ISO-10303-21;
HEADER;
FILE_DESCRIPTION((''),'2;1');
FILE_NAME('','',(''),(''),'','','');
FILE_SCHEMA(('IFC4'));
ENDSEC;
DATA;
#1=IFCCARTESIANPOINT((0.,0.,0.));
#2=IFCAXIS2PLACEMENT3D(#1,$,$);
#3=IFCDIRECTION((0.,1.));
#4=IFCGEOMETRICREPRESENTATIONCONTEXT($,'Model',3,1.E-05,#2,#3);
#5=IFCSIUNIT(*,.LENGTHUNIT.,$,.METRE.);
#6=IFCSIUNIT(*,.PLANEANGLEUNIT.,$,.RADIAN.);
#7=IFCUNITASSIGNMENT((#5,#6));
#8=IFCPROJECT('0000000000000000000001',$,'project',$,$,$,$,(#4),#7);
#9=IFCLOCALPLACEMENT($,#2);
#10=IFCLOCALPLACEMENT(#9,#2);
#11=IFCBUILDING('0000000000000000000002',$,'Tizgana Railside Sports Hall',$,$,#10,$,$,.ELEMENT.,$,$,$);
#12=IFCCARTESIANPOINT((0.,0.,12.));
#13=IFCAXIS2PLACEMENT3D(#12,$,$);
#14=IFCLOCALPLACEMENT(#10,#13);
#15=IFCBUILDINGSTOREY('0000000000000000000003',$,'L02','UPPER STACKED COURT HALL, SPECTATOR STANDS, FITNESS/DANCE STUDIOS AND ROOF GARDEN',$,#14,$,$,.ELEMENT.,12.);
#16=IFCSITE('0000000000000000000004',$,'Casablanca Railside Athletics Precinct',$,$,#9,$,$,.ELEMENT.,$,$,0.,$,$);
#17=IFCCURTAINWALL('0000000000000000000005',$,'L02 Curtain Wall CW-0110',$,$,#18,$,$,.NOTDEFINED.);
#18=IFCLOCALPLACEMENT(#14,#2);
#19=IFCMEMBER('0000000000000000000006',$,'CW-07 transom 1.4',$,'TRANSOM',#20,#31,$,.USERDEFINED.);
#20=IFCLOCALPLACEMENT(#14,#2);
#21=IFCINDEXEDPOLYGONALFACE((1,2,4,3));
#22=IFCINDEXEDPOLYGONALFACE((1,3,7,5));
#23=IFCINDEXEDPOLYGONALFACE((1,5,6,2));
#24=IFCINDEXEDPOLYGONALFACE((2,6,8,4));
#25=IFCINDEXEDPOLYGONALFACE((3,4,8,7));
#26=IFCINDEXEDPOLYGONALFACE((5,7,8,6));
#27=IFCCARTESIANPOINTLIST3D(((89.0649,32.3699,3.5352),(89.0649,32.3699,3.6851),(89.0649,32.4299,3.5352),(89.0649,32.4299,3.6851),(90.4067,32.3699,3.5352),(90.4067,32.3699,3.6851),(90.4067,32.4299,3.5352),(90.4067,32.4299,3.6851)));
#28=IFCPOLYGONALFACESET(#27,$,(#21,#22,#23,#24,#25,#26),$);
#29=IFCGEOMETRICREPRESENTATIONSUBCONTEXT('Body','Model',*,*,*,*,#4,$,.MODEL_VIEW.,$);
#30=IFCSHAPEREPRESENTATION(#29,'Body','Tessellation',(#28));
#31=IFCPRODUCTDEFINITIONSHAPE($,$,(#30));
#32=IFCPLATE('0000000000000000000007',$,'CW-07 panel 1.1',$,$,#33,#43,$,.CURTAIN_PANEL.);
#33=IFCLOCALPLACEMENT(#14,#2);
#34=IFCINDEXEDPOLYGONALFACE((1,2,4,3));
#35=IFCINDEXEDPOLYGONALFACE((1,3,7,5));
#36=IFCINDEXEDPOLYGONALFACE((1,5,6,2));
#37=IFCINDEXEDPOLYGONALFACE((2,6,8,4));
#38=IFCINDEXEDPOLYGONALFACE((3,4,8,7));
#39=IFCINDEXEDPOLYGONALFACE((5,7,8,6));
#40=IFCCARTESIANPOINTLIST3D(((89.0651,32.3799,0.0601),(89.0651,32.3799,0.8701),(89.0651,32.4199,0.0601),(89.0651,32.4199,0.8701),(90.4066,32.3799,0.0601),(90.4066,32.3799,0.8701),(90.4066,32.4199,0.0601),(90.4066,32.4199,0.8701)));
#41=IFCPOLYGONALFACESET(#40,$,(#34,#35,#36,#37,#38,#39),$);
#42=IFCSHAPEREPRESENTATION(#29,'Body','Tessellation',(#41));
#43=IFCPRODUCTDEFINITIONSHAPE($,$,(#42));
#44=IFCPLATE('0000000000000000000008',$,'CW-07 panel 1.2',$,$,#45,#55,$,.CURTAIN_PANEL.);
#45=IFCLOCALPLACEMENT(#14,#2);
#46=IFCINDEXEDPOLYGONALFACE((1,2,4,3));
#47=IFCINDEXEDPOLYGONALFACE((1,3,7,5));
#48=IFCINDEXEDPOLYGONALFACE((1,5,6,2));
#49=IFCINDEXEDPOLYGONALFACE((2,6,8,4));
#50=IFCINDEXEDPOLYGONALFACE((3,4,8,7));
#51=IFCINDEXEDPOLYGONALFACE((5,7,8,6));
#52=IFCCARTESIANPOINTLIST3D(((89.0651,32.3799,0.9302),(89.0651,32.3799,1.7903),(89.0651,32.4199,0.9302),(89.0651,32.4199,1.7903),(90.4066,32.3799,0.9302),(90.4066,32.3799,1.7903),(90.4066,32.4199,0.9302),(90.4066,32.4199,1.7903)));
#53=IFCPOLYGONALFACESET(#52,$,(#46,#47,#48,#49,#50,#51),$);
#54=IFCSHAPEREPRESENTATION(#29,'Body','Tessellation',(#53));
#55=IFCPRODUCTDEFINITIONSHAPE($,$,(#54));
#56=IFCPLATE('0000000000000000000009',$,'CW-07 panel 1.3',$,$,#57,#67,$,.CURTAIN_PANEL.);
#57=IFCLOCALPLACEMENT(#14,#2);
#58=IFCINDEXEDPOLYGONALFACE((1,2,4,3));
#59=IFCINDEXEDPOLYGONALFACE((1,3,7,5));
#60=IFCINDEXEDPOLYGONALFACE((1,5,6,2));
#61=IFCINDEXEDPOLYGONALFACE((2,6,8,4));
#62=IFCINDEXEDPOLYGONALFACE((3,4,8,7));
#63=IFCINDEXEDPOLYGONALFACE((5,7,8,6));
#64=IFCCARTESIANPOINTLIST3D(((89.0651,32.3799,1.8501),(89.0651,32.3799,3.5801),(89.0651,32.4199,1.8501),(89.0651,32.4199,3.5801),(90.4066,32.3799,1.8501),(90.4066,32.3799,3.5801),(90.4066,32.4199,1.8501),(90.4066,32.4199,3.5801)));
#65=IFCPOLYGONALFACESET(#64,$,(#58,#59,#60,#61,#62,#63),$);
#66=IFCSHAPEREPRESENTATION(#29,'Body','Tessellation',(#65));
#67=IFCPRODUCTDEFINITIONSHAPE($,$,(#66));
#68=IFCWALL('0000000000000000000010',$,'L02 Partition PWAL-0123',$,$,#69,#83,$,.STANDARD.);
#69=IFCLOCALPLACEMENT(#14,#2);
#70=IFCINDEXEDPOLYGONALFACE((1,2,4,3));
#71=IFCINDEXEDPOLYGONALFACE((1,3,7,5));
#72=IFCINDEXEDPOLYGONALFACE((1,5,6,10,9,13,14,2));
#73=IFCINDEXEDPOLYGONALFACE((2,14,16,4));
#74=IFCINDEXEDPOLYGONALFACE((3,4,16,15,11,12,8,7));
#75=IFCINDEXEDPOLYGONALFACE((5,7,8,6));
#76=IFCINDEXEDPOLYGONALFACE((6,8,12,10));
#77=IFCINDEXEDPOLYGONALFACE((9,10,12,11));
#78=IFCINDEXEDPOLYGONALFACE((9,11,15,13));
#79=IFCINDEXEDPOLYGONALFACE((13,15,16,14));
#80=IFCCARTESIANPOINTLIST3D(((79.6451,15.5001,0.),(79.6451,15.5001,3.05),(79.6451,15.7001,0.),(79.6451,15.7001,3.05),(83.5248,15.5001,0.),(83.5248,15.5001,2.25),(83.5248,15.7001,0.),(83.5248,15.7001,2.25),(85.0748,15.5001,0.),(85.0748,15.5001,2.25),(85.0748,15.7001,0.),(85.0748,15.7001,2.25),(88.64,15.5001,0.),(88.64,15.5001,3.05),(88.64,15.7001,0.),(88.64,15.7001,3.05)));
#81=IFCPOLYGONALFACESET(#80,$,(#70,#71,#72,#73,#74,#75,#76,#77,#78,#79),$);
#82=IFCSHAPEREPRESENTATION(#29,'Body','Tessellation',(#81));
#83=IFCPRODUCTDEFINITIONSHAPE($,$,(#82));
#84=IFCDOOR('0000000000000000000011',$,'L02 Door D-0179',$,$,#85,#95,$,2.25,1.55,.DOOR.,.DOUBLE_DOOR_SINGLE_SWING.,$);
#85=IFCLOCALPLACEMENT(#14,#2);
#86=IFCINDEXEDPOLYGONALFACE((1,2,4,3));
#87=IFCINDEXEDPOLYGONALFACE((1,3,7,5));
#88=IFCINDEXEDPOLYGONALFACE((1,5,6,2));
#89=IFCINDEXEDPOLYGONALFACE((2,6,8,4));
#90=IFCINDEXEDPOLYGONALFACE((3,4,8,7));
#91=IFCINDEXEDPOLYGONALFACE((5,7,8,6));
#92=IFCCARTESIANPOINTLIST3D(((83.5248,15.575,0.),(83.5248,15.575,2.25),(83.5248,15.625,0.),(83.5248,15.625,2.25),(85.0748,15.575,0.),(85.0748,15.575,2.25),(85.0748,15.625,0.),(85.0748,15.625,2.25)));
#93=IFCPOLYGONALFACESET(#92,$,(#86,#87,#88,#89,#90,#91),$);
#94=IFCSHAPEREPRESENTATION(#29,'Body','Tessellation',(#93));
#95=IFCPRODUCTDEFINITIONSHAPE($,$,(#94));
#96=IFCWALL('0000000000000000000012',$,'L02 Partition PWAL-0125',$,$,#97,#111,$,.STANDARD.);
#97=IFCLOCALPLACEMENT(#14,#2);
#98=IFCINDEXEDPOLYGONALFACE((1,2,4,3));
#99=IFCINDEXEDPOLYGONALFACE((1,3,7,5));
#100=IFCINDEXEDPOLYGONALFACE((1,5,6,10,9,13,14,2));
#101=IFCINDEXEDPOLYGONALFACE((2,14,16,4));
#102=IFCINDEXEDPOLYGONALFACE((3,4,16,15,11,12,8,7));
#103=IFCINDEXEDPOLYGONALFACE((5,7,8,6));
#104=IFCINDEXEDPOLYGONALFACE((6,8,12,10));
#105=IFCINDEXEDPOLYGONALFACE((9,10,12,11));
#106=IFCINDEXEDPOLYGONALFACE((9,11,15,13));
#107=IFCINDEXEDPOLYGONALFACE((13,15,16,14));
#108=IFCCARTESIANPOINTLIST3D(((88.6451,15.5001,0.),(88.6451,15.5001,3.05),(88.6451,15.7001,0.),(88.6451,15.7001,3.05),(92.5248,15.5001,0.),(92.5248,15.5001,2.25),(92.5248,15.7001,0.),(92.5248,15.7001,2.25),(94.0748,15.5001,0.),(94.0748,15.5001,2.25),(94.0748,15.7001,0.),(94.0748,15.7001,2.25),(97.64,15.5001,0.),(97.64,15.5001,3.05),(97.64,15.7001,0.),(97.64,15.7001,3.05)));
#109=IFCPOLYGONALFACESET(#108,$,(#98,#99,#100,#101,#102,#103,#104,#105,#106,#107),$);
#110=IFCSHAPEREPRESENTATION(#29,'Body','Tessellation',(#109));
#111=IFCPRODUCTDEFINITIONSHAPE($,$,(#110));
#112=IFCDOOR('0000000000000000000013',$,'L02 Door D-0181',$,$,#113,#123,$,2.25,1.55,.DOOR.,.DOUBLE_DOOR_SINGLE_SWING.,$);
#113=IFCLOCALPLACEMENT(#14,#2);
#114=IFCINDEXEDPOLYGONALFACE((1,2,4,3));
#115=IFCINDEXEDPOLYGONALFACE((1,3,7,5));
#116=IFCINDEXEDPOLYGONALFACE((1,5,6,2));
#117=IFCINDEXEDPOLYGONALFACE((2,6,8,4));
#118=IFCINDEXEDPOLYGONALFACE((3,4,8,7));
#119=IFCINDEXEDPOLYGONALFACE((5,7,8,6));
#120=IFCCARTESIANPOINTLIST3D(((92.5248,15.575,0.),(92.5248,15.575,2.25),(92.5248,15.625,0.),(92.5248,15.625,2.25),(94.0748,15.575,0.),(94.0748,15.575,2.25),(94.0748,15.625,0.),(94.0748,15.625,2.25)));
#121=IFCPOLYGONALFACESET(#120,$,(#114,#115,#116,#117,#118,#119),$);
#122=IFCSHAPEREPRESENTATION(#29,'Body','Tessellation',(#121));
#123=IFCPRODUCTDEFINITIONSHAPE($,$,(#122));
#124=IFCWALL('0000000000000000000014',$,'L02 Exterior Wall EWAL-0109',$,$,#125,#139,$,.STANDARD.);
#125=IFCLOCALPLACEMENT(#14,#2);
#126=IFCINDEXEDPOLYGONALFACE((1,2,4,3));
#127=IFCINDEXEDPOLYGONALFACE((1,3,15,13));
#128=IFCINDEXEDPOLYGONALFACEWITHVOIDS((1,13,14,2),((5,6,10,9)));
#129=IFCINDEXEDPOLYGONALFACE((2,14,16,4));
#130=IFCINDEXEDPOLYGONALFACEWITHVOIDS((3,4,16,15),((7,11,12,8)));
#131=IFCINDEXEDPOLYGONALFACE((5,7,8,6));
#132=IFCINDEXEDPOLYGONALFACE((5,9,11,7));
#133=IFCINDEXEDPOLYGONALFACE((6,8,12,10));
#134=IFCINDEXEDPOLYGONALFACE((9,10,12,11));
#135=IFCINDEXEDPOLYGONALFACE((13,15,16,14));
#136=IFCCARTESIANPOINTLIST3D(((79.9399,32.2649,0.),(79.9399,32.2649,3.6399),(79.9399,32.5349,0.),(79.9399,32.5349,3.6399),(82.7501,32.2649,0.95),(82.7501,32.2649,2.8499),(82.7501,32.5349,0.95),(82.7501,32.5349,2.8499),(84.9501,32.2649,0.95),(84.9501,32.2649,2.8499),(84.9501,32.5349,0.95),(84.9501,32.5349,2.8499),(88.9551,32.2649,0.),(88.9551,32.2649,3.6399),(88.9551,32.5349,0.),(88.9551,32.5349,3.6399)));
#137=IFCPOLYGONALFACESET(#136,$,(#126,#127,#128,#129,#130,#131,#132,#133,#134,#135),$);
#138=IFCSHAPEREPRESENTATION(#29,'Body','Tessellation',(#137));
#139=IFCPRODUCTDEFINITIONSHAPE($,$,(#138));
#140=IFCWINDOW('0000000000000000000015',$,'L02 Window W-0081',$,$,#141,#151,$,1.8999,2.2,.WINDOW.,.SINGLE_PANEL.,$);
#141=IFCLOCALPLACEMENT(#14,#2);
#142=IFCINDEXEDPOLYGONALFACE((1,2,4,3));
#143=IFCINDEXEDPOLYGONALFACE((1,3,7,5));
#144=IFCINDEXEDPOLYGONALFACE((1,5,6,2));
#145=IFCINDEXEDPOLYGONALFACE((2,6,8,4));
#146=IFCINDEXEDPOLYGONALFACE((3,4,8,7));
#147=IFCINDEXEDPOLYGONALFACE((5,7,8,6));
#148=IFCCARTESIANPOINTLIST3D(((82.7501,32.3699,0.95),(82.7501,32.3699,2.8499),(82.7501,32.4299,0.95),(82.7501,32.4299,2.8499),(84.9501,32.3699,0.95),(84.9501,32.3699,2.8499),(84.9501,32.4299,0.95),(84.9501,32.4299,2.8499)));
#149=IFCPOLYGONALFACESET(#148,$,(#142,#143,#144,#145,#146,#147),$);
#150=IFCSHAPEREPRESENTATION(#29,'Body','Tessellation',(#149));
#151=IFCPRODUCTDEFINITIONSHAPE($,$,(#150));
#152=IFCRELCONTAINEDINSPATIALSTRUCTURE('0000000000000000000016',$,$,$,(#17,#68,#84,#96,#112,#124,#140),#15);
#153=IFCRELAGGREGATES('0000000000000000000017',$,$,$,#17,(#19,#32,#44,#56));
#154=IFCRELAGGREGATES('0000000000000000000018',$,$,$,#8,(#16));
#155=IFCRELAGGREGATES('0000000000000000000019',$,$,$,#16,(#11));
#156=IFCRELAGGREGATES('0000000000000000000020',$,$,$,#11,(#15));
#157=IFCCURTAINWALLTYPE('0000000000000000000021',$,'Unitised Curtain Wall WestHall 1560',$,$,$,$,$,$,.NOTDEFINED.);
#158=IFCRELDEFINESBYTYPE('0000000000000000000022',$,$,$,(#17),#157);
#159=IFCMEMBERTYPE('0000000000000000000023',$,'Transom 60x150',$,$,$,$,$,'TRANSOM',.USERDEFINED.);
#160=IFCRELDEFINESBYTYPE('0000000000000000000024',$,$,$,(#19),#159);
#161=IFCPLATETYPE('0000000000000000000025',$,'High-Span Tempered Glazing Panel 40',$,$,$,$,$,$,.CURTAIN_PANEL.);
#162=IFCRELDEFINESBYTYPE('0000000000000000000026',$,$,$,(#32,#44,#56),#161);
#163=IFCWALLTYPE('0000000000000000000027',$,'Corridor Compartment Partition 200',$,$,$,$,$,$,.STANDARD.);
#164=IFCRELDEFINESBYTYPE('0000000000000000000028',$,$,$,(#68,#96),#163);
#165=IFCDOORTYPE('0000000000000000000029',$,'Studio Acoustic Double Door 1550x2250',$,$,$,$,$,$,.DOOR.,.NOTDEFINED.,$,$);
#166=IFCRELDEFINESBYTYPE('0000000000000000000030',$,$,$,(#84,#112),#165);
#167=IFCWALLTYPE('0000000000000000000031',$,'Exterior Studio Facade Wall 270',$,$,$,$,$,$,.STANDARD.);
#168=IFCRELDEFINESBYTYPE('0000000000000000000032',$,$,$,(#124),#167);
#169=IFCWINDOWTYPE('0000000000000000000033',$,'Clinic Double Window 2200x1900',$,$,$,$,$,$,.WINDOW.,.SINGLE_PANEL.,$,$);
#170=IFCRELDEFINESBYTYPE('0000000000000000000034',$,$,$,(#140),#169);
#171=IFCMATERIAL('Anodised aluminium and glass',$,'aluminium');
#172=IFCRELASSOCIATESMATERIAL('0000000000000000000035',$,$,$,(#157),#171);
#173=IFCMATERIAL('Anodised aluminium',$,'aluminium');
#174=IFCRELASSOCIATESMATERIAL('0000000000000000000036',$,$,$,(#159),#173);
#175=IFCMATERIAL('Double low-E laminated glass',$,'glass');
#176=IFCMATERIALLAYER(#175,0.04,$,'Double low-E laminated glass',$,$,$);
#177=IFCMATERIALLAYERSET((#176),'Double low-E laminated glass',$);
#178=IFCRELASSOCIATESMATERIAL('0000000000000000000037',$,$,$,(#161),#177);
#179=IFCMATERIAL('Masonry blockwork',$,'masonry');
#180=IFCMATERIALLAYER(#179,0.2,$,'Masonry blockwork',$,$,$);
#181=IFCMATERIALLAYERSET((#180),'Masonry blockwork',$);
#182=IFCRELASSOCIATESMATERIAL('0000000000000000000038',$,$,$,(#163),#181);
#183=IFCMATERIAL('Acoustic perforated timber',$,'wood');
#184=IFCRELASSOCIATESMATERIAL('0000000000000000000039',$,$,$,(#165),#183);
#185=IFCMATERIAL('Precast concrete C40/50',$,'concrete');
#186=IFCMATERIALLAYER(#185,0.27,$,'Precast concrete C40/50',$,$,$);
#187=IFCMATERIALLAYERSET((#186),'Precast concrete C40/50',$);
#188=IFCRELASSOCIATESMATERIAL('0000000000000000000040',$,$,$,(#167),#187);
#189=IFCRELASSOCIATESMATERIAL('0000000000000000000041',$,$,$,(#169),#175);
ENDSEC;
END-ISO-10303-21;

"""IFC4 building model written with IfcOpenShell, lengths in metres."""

from ifc_helpers import new_model, si_unit, direction, frame, frame_2d, origin, origin_2d, place, context, subcontext, project, spatial, rectangle, extrude, material, layer, layer_set, material_profile, profile_set, type_object, element, fill, aggregate, save


model = new_model("IFC4")

# Units and contexts
model_context = context("Model", 3, precision=1e-05, world=origin(), true_north=direction((0.0, 1.0)))
body_context = subcontext(model_context, "Body", "Model", "MODEL_VIEW")
ifc_project = project(units=[si_unit("LENGTHUNIT", "METRE"), si_unit("PLANEANGLEUNIT", "RADIAN")], contexts=[model_context])

# Site, building, storey
site_placement = place(None, origin())
site = spatial("IfcSite", under=ifc_project, at=site_placement, Name="Casablanca Railside Athletics Precinct", CompositionType="ELEMENT", RefElevation=0.0)
building_placement = place(site_placement, origin())
building = spatial("IfcBuilding", under=site, at=building_placement, Name="Tizgana Railside Sports Hall", CompositionType="ELEMENT")
storey_placement = place(building_placement, frame((0.0, 0.0, 12.0)))
storey = spatial("IfcBuildingStorey", under=building, at=storey_placement, Name="L02", Description="UPPER STACKED COURT HALL, SPECTATOR STANDS, FITNESS/DANCE STUDIOS AND ROOF GARDEN", CompositionType="ELEMENT", Elevation=12.0)

# Curtain wall
ifc_material_1 = material(Name="Anodised aluminium and glass", Category="aluminium")
curtain_wall_type = type_object("IfcCurtainWallType", Name="Unitised Curtain Wall WestHall 1560", PredefinedType="NOTDEFINED", material=ifc_material_1)
curtain_wall_placement = place(storey_placement, origin())
curtain_wall = element("IfcCurtainWall", 1, at=curtain_wall_placement, inside=storey, type_object=curtain_wall_type, Name="L02 Curtain Wall CW-0110", PredefinedType="NOTDEFINED")
ifc_material_2 = material(Name="Anodised aluminium", Category="aluminium")

# Member
ifc_material_profile_1 = material_profile(ifc_material_2, rectangle(XDim=0.0601, YDim=0.1499, at=origin_2d()), Name="Transom 60x150")
ifc_profile_set_1 = profile_set([ifc_material_profile_1], Name="Anodised aluminium")
member_type_1 = type_object("IfcMemberType", Name="Transom 60x150", ElementType="TRANSOM", PredefinedType="USERDEFINED", material=ifc_profile_set_1)
member_1_placement = place(storey_placement, frame((89.0649, 32.3999, 3.6101), z_axis=(1.0, 0.0, 0.0), x_axis=(0.0, 1.0, 0.0)))
member_1 = element("IfcMember", 2, at=member_1_placement, type_object=member_type_1, Name="CW-07 transom 1.4", ObjectType="TRANSOM", PredefinedType="USERDEFINED", context=body_context, shape_type="SweptSolid", body=[
    extrude(rectangle(XDim=0.0601, YDim=0.1499, at=origin_2d()), origin(), (0.0, 0.0, 1.0), 1.3418),
])

# Plates
ifc_material_3 = material(Name="Double low-E laminated glass", Category="glass")
ifc_layer_1 = layer(ifc_material_3, 0.04, Name="Double low-E laminated glass")
ifc_layer_set_1 = layer_set([ifc_layer_1], Name="Double low-E laminated glass")
plate_type = type_object("IfcPlateType", Name="High-Span Tempered Glazing Panel 40", PredefinedType="CURTAIN_PANEL", material=ifc_layer_set_1)
plate_1_placement = place(storey_placement, frame((89.7358, 32.3999, 0.0601), z_axis=(0.0, 0.0, 1.0), x_axis=(1.0, 0.0, 0.0)))
plate_1 = element("IfcPlate", 3, at=plate_1_placement, type_object=plate_type, Name="CW-07 panel 1.1", PredefinedType="CURTAIN_PANEL", context=body_context, shape_type="SweptSolid", body=[
    extrude(rectangle(XDim=1.3416, YDim=0.04, at=origin_2d()), origin(), (0.0, 0.0, 1.0), 0.8101),
])
plate_2_placement = place(storey_placement, frame((89.7358, 32.3999, 0.9302), z_axis=(0.0, 0.0, 1.0), x_axis=(1.0, 0.0, 0.0)))
plate_2 = element("IfcPlate", 4, at=plate_2_placement, type_object=plate_type, Name="CW-07 panel 1.2", PredefinedType="CURTAIN_PANEL", context=body_context, shape_type="SweptSolid", body=[
    extrude(rectangle(XDim=1.3416, YDim=0.04, at=origin_2d()), origin(), (0.0, 0.0, 1.0), 0.8601),
])
plate_3_placement = place(storey_placement, frame((89.7358, 32.3999, 1.8501), z_axis=(0.0, 0.0, 1.0), x_axis=(1.0, 0.0, 0.0)))
plate_3 = element("IfcPlate", 5, at=plate_3_placement, type_object=plate_type, Name="CW-07 panel 1.3", PredefinedType="CURTAIN_PANEL", context=body_context, shape_type="SweptSolid", body=[
    extrude(rectangle(XDim=1.3416, YDim=0.04, at=origin_2d()), origin(), (0.0, 0.0, 1.0), 1.73),
])
aggregate(curtain_wall, [member_1, plate_1, plate_2, plate_3])

# Walls, openings, doors
ifc_material_4 = material(Name="Masonry blockwork", Category="masonry")
ifc_layer_2 = layer(ifc_material_4, 0.2, Name="Masonry blockwork")
ifc_layer_set_2 = layer_set([ifc_layer_2], Name="Masonry blockwork")
wall_type_1 = type_object("IfcWallType", Name="Corridor Compartment Partition 200", PredefinedType="STANDARD", material=ifc_layer_set_2)
wall_1_placement = place(storey_placement, frame((79.645, 15.6001, 0.0), z_axis=(0.0, 0.0, 1.0), x_axis=(1.0, 0.0, 0.0)))
wall_1 = element("IfcWall", 6, at=wall_1_placement, inside=storey, type_object=wall_type_1, Name="L02 Partition PWAL-0123", PredefinedType="STANDARD", context=body_context, shape_type="SweptSolid", body=[
    extrude(rectangle(XDim=8.9949, YDim=0.2, at=frame_2d((4.4976, 0.0))), origin(), (0.0, 0.0, 1.0), 3.05),
])
opening_1_placement = place(wall_1_placement, frame((3.8799, 0.0, 0.0)))
opening_1 = element("IfcOpeningElement", 7, at=opening_1_placement, cuts=wall_1, PredefinedType="OPENING", context=body_context, shape_type="SweptSolid", body=[
    extrude(rectangle(XDim=1.55, YDim=2.25, at=frame_2d((0.7749, 1.125))), frame((0.0, 0.1099, 0.0), z_axis=(0.0, -1.0, 0.0), x_axis=(1.0, 0.0, 0.0)), (0.0, 0.0, 1.0), 0.22),
])
ifc_material_5 = material(Name="Acoustic perforated timber", Category="wood")
door_type = type_object("IfcDoorType", Name="Studio Acoustic Double Door 1550x2250", OperationType="NOTDEFINED", PredefinedType="DOOR", material=ifc_material_5)
door_1_placement = place(opening_1_placement, origin())
door_1 = element("IfcDoor", 8, at=door_1_placement, inside=storey, type_object=door_type, Name="L02 Door D-0179", OperationType="DOUBLE_DOOR_SINGLE_SWING", OverallHeight=2.25, OverallWidth=1.55, PredefinedType="DOOR", context=body_context, shape_type="SweptSolid", body=[
    extrude(rectangle(XDim=1.55, YDim=2.25, at=frame_2d((0.7749, 1.125))), frame((0.0, 0.0249, 0.0), z_axis=(0.0, -1.0, 0.0), x_axis=(1.0, 0.0, 0.0)), (0.0, 0.0, 1.0), 0.05),
])
fill(opening_1, door_1)
wall_2_placement = place(storey_placement, frame((88.645, 15.6001, 0.0), z_axis=(0.0, 0.0, 1.0), x_axis=(1.0, 0.0, 0.0)))
wall_2 = element("IfcWall", 9, at=wall_2_placement, inside=storey, type_object=wall_type_1, Name="L02 Partition PWAL-0125", PredefinedType="STANDARD", context=body_context, shape_type="SweptSolid", body=[
    extrude(rectangle(XDim=8.9949, YDim=0.2, at=frame_2d((4.4976, 0.0))), origin(), (0.0, 0.0, 1.0), 3.05),
])
opening_2_placement = place(wall_2_placement, frame((3.8799, 0.0, 0.0)))
opening_2 = element("IfcOpeningElement", 10, at=opening_2_placement, cuts=wall_2, PredefinedType="OPENING", context=body_context, shape_type="SweptSolid", body=[
    extrude(rectangle(XDim=1.55, YDim=2.25, at=frame_2d((0.7749, 1.125))), frame((0.0, 0.1099, 0.0), z_axis=(0.0, -1.0, 0.0), x_axis=(1.0, 0.0, 0.0)), (0.0, 0.0, 1.0), 0.22),
])
door_2_placement = place(opening_2_placement, origin())
door_2 = element("IfcDoor", 11, at=door_2_placement, inside=storey, type_object=door_type, Name="L02 Door D-0181", OperationType="DOUBLE_DOOR_SINGLE_SWING", OverallHeight=2.25, OverallWidth=1.55, PredefinedType="DOOR", context=body_context, shape_type="SweptSolid", body=[
    extrude(rectangle(XDim=1.55, YDim=2.25, at=frame_2d((0.7749, 1.125))), frame((0.0, 0.0249, 0.0), z_axis=(0.0, -1.0, 0.0), x_axis=(1.0, 0.0, 0.0)), (0.0, 0.0, 1.0), 0.05),
])
fill(opening_2, door_2)

# Wall, opening, window
ifc_material_6 = material(Name="Precast concrete C40/50", Category="concrete")
ifc_layer_3 = layer(ifc_material_6, 0.27, Name="Precast concrete C40/50")
ifc_layer_set_3 = layer_set([ifc_layer_3], Name="Precast concrete C40/50")
wall_type_2 = type_object("IfcWallType", Name="Exterior Studio Facade Wall 270", PredefinedType="STANDARD", material=ifc_layer_set_3)
wall_3_placement = place(storey_placement, frame((79.9399, 32.3999, 0.0), z_axis=(0.0, 0.0, 1.0), x_axis=(1.0, 0.0, 0.0)))
wall_3 = element("IfcWall", 12, at=wall_3_placement, inside=storey, type_object=wall_type_2, Name="L02 Exterior Wall EWAL-0109", PredefinedType="STANDARD", context=body_context, shape_type="SweptSolid", body=[
    extrude(rectangle(XDim=9.0151, YDim=0.27, at=frame_2d((4.5076, 0.0))), origin(), (0.0, 0.0, 1.0), 3.6399),
])
opening_3_placement = place(wall_3_placement, frame((2.8101, 0.0, 0.95)))
opening_3 = element("IfcOpeningElement", 13, at=opening_3_placement, cuts=wall_3, PredefinedType="OPENING", context=body_context, shape_type="SweptSolid", body=[
    extrude(rectangle(XDim=2.2, YDim=1.8999, at=frame_2d((1.1001, 0.95))), frame((0.0, 0.145, 0.0), z_axis=(0.0, -1.0, 0.0), x_axis=(1.0, 0.0, 0.0)), (0.0, 0.0, 1.0), 0.29),
])
window_type = type_object("IfcWindowType", Name="Clinic Double Window 2200x1900", PartitioningType="SINGLE_PANEL", PredefinedType="WINDOW", material=ifc_material_3)
window_placement = place(opening_3_placement, origin())
window = element("IfcWindow", 14, at=window_placement, inside=storey, type_object=window_type, Name="L02 Window W-0081", OverallHeight=1.8999, OverallWidth=2.2, PartitioningType="SINGLE_PANEL", PredefinedType="WINDOW", context=body_context, shape_type="SweptSolid", body=[
    extrude(rectangle(XDim=2.2, YDim=1.8999, at=frame_2d((1.1001, 0.95))), frame((0.0, 0.03, 0.0), z_axis=(0.0, -1.0, 0.0), x_axis=(1.0, 0.0, 0.0)), (0.0, 0.0, 1.0), 0.0601),
])
fill(opening_3, window)

save(model, "model.ifc")
